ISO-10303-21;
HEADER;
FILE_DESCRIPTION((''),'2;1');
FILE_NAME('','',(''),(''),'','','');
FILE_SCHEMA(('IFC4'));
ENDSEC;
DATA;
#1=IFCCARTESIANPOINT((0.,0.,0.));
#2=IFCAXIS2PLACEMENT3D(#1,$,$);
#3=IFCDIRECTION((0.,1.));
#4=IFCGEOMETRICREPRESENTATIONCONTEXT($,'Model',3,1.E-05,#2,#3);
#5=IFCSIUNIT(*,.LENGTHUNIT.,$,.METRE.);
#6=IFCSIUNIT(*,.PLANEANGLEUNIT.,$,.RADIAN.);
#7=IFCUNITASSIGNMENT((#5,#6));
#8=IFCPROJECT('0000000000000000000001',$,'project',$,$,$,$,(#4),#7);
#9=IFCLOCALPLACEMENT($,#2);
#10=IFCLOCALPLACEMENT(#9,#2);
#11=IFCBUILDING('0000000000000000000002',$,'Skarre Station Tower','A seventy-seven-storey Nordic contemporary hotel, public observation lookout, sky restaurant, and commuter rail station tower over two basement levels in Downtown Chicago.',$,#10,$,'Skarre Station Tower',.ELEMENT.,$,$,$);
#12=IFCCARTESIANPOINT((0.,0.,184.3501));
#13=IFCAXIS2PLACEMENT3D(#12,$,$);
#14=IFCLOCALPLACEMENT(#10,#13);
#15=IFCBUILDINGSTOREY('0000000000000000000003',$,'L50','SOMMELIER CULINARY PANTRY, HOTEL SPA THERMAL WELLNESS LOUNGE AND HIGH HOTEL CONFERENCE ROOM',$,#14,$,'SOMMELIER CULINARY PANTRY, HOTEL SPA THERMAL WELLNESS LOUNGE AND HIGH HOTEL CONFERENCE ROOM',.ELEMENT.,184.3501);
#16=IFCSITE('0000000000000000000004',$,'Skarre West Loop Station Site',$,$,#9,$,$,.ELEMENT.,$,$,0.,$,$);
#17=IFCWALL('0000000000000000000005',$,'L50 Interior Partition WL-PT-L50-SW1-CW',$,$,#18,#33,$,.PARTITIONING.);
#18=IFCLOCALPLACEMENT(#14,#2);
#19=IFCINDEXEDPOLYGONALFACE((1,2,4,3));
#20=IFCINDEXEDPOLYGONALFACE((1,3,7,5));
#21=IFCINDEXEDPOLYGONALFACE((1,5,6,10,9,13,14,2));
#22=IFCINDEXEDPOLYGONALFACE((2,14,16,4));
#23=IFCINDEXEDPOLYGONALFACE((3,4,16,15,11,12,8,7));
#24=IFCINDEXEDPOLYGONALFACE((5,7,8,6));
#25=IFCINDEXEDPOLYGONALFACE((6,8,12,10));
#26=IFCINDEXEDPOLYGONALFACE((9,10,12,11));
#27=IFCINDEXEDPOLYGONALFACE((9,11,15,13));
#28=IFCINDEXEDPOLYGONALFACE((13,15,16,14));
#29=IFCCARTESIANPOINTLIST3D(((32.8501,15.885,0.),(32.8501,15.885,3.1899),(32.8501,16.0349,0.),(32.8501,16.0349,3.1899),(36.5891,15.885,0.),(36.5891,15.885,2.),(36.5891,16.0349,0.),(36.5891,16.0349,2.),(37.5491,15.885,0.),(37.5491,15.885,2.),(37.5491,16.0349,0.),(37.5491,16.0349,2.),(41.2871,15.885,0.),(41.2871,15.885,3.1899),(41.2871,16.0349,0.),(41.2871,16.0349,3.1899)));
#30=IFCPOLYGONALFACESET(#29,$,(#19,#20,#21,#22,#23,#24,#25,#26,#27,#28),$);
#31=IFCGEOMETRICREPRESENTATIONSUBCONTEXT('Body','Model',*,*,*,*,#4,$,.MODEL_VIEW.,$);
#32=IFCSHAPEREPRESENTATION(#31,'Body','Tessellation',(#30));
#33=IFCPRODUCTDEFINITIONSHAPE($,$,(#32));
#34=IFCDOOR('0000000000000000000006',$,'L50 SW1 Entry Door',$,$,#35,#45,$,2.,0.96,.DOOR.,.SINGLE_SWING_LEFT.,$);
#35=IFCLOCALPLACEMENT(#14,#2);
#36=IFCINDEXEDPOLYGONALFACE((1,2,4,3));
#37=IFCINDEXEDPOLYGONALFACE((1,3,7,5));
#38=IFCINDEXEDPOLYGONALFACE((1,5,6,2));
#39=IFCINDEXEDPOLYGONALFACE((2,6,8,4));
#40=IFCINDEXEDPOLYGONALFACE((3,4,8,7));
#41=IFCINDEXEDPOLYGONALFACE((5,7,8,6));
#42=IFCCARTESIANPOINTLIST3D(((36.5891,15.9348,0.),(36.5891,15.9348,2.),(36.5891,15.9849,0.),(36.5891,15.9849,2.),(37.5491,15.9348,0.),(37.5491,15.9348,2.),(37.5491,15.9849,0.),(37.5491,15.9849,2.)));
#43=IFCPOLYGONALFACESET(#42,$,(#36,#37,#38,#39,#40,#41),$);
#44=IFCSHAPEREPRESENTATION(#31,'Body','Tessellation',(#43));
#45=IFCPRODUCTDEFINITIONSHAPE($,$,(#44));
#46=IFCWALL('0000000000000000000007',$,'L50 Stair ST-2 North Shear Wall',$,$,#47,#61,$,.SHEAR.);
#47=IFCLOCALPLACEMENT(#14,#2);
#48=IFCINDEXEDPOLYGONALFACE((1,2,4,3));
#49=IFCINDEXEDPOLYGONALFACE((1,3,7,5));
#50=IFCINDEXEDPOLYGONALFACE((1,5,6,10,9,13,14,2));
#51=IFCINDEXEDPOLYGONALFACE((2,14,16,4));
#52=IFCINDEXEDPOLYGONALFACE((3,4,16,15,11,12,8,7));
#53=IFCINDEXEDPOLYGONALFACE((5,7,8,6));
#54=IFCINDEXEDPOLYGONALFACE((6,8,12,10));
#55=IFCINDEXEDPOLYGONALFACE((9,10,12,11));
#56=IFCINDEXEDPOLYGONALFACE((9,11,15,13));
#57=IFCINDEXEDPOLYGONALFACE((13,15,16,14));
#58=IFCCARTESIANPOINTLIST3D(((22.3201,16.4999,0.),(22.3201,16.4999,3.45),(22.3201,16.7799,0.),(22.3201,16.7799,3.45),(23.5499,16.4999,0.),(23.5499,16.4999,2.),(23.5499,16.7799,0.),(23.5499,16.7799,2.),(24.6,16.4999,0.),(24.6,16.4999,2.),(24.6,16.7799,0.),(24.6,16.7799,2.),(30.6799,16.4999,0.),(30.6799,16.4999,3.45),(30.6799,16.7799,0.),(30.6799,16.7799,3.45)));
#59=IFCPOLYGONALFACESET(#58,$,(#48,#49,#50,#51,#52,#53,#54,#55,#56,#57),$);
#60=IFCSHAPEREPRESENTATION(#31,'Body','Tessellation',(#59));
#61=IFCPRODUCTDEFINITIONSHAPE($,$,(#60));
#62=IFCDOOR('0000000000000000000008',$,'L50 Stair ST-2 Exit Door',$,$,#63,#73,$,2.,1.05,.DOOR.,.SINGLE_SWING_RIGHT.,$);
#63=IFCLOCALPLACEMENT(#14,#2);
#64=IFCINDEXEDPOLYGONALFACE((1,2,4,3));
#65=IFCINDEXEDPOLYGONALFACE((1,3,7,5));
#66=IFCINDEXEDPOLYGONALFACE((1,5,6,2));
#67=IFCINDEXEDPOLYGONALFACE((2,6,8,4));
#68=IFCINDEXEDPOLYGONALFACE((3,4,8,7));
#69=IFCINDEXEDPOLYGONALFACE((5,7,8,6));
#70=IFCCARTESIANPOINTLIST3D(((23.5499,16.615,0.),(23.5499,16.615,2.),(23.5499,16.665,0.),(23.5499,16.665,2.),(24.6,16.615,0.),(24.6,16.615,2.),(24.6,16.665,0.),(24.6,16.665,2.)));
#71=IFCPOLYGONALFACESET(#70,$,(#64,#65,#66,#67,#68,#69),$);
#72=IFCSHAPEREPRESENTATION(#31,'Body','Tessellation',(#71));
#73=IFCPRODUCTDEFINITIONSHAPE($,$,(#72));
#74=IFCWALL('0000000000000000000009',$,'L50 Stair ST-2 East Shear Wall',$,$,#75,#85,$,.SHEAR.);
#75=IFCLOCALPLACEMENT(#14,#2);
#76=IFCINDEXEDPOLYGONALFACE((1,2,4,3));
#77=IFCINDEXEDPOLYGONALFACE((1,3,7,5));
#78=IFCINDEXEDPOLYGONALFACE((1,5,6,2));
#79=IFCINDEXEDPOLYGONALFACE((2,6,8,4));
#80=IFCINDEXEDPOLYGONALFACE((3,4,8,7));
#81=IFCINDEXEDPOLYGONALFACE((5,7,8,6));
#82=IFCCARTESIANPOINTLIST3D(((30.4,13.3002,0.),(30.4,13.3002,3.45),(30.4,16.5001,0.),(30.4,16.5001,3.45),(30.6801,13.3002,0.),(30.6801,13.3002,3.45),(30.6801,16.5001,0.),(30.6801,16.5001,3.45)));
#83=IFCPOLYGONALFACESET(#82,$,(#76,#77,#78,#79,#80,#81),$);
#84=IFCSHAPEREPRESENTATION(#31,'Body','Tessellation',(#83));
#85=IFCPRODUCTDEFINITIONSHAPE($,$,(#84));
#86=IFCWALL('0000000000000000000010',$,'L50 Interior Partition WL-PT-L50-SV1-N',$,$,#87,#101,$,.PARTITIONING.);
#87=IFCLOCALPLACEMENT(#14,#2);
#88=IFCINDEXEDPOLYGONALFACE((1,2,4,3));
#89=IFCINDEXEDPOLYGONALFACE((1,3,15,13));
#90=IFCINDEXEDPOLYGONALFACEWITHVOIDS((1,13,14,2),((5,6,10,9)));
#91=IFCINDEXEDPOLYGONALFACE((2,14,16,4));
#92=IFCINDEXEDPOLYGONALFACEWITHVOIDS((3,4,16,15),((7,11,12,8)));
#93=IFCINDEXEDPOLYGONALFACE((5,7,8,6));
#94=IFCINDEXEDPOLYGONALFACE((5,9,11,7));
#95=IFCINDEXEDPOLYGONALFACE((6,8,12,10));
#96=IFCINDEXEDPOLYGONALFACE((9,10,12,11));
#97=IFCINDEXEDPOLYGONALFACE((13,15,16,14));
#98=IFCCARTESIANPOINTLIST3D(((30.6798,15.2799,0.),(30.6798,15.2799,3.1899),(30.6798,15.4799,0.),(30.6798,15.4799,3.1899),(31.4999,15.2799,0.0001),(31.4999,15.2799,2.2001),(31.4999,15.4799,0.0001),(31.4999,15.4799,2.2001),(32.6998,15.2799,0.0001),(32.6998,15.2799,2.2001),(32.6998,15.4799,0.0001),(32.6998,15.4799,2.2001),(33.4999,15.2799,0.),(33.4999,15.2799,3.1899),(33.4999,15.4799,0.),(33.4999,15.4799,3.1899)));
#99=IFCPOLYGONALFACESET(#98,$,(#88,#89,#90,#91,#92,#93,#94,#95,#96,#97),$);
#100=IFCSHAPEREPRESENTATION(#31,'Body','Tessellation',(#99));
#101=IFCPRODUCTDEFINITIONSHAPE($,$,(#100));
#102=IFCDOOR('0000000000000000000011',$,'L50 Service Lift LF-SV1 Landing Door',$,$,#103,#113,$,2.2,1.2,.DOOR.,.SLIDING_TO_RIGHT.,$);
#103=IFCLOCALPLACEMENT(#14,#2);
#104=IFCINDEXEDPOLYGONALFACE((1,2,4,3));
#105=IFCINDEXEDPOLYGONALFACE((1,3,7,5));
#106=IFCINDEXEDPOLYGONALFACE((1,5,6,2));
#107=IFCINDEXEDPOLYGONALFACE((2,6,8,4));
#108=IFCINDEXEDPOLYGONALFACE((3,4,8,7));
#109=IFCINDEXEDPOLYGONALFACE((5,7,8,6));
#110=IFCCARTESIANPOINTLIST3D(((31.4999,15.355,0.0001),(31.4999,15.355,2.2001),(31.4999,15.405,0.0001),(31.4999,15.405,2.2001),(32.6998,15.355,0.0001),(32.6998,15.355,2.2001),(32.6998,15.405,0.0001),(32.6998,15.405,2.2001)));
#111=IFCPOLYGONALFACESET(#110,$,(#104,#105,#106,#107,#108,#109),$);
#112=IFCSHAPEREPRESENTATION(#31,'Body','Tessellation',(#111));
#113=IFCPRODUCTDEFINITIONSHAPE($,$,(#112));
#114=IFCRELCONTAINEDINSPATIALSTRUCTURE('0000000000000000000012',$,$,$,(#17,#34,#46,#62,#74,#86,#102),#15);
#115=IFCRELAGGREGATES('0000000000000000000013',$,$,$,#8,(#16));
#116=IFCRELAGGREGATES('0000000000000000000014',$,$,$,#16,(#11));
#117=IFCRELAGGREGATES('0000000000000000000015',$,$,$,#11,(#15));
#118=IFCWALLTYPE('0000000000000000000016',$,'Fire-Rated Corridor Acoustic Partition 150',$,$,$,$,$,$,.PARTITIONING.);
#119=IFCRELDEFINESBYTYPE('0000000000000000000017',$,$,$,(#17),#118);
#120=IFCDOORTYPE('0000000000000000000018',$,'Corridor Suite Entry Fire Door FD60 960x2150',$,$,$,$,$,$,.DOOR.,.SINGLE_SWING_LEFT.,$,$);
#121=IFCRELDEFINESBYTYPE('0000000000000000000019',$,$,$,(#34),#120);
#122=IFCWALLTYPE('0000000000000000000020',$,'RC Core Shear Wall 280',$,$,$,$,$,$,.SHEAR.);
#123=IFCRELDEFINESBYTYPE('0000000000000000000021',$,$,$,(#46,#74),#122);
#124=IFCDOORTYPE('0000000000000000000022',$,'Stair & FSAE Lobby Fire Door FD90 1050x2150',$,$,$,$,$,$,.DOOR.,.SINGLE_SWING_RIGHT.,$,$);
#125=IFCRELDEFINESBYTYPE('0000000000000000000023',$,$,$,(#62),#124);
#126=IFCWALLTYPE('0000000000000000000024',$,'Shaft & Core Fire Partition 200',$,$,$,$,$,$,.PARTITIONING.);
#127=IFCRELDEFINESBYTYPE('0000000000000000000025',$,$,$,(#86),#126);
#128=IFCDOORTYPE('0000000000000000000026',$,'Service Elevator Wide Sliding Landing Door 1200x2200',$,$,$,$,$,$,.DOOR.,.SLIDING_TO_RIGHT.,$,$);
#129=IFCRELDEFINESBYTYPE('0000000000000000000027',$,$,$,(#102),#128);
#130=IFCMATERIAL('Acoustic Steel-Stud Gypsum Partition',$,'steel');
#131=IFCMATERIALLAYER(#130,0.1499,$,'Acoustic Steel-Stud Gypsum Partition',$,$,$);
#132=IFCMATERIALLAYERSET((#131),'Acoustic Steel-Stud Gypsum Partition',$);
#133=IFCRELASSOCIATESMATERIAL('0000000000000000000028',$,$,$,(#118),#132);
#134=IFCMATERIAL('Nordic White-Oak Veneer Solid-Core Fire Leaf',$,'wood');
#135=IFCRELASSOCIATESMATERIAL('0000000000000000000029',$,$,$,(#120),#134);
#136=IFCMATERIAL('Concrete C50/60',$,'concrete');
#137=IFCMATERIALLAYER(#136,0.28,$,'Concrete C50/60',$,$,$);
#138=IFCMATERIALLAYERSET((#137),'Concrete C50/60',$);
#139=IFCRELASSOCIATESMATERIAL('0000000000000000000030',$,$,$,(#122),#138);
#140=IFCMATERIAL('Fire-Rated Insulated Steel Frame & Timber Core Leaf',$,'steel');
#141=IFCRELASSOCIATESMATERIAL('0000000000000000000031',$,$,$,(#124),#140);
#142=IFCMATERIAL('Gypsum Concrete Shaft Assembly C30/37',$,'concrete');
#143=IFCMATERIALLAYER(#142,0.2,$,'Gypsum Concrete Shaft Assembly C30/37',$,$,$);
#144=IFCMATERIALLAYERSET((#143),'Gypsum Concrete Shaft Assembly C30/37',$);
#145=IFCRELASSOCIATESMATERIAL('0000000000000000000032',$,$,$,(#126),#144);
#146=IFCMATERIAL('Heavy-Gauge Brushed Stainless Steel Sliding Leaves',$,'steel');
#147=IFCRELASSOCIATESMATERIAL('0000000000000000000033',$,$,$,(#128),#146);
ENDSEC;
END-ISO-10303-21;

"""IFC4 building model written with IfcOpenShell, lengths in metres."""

from ifc_helpers import new_model, si_unit, direction, frame, frame_2d, origin, place, context, subcontext, project, spatial, rectangle, extrude, material, layer, layer_set, type_object, element, fill, save


model = new_model("IFC4")

# Units and contexts
model_context = context("Model", 3, precision=1e-05, world=origin(), true_north=direction((0.0, 1.0)))
body_context = subcontext(model_context, "Body", "Model", "MODEL_VIEW")
ifc_project = project(units=[si_unit("LENGTHUNIT", "METRE"), si_unit("PLANEANGLEUNIT", "RADIAN")], contexts=[model_context])

# Site, building, storey
site_placement = place(None, origin())
site = spatial("IfcSite", under=ifc_project, at=site_placement, Name="Skarre West Loop Station Site", CompositionType="ELEMENT", RefElevation=0.0)
building_placement = place(site_placement, origin())
building = spatial("IfcBuilding", under=site, at=building_placement, Name="Skarre Station Tower", Description="A seventy-seven-storey Nordic contemporary hotel, public observation lookout, sky restaurant, and commuter rail station tower over two basement levels in Downtown Chicago.", LongName="Skarre Station Tower", CompositionType="ELEMENT")
storey_placement = place(building_placement, frame((0.0, 0.0, 184.3501)))
storey = spatial("IfcBuildingStorey", under=building, at=storey_placement, Name="L50", Description="SOMMELIER CULINARY PANTRY, HOTEL SPA THERMAL WELLNESS LOUNGE AND HIGH HOTEL CONFERENCE ROOM", LongName="SOMMELIER CULINARY PANTRY, HOTEL SPA THERMAL WELLNESS LOUNGE AND HIGH HOTEL CONFERENCE ROOM", CompositionType="ELEMENT", Elevation=184.3501)

# Walls, openings, doors
ifc_material_1 = material(Name="Acoustic Steel-Stud Gypsum Partition", Category="steel")
ifc_layer_1 = layer(ifc_material_1, 0.1499, Name="Acoustic Steel-Stud Gypsum Partition")
ifc_layer_set_1 = layer_set([ifc_layer_1], Name="Acoustic Steel-Stud Gypsum Partition")
wall_type_1 = type_object("IfcWallType", Name="Fire-Rated Corridor Acoustic Partition 150", PredefinedType="PARTITIONING", material=ifc_layer_set_1)
wall_1_placement = place(storey_placement, frame((32.8501, 15.96, 0.0), z_axis=(0.0, 0.0, 1.0), x_axis=(1.0, 0.0, 0.0)))
wall_1 = element("IfcWall", 1, at=wall_1_placement, inside=storey, type_object=wall_type_1, Name="L50 Interior Partition WL-PT-L50-SW1-CW", PredefinedType="PARTITIONING", context=body_context, shape_type="SweptSolid", body=[
    extrude(rectangle(XDim=8.437, YDim=0.1499, at=frame_2d((4.2185, 0.0))), origin(), (0.0, 0.0, 1.0), 3.1899),
])
opening_1_placement = place(wall_1_placement, frame((3.739, 0.0, 0.0)))
opening_1 = element("IfcOpeningElement", 2, at=opening_1_placement, cuts=wall_1, PredefinedType="OPENING", context=body_context, shape_type="SweptSolid", body=[
    extrude(rectangle(XDim=0.96, YDim=2.0, at=frame_2d((0.48, 1.0))), frame((0.0, 0.085, 0.0), z_axis=(0.0, -1.0, 0.0), x_axis=(1.0, 0.0, 0.0)), (0.0, 0.0, 1.0), 0.1699),
])
ifc_material_2 = material(Name="Nordic White-Oak Veneer Solid-Core Fire Leaf", Category="wood")
door_type_1 = type_object("IfcDoorType", Name="Corridor Suite Entry Fire Door FD60 960x2150", OperationType="SINGLE_SWING_LEFT", PredefinedType="DOOR", material=ifc_material_2)
door_1_placement = place(opening_1_placement, origin())
door_1 = element("IfcDoor", 3, at=door_1_placement, inside=storey, type_object=door_type_1, Name="L50 SW1 Entry Door", OperationType="SINGLE_SWING_LEFT", OverallHeight=2.0, OverallWidth=0.96, PredefinedType="DOOR", context=body_context, shape_type="SweptSolid", body=[
    extrude(rectangle(XDim=0.96, YDim=2.0, at=frame_2d((0.48, 1.0))), frame((0.0, 0.0249, 0.0), z_axis=(0.0, -1.0, 0.0), x_axis=(1.0, 0.0, 0.0)), (0.0, 0.0, 1.0), 0.05),
])
fill(opening_1, door_1)
ifc_material_3 = material(Name="Concrete C50/60", Category="concrete")
ifc_layer_2 = layer(ifc_material_3, 0.28, Name="Concrete C50/60")
ifc_layer_set_2 = layer_set([ifc_layer_2], Name="Concrete C50/60")
wall_type_2 = type_object("IfcWallType", Name="RC Core Shear Wall 280", PredefinedType="SHEAR", material=ifc_layer_set_2)
wall_2_placement = place(storey_placement, frame((30.6799, 16.6399, 0.0), z_axis=(0.0, 0.0, 1.0), x_axis=(-1.0, 0.0, 0.0)))
wall_2 = element("IfcWall", 4, at=wall_2_placement, inside=storey, type_object=wall_type_2, Name="L50 Stair ST-2 North Shear Wall", PredefinedType="SHEAR", context=body_context, shape_type="SweptSolid", body=[
    extrude(rectangle(XDim=8.3599, YDim=0.28, at=frame_2d((4.1799, 0.0))), origin(), (0.0, 0.0, 1.0), 3.45),
])
opening_2_placement = place(wall_2_placement, frame((6.0801, 0.0, 0.0)))
opening_2 = element("IfcOpeningElement", 5, at=opening_2_placement, cuts=wall_2, PredefinedType="OPENING", context=body_context, shape_type="SweptSolid", body=[
    extrude(rectangle(XDim=1.05, YDim=2.0, at=frame_2d((0.5249, 1.0))), frame((0.0, 0.1499, 0.0), z_axis=(0.0, -1.0, 0.0), x_axis=(1.0, 0.0, 0.0)), (0.0, 0.0, 1.0), 0.3),
])
ifc_material_4 = material(Name="Fire-Rated Insulated Steel Frame & Timber Core Leaf", Category="steel")
door_type_2 = type_object("IfcDoorType", Name="Stair & FSAE Lobby Fire Door FD90 1050x2150", OperationType="SINGLE_SWING_RIGHT", PredefinedType="DOOR", material=ifc_material_4)
door_2_placement = place(opening_2_placement, origin())
door_2 = element("IfcDoor", 6, at=door_2_placement, inside=storey, type_object=door_type_2, Name="L50 Stair ST-2 Exit Door", OperationType="SINGLE_SWING_RIGHT", OverallHeight=2.0, OverallWidth=1.05, PredefinedType="DOOR", context=body_context, shape_type="SweptSolid", body=[
    extrude(rectangle(XDim=1.05, YDim=2.0, at=frame_2d((0.5249, 1.0))), frame((0.0, 0.0249, 0.0), z_axis=(0.0, -1.0, 0.0), x_axis=(1.0, 0.0, 0.0)), (0.0, 0.0, 1.0), 0.05),
])
fill(opening_2, door_2)

# Wall
wall_3_placement = place(storey_placement, frame((30.54, 13.3, 0.0), z_axis=(0.0, 0.0, 1.0), x_axis=(0.0, 1.0, 0.0)))
element("IfcWall", 7, at=wall_3_placement, inside=storey, type_object=wall_type_2, Name="L50 Stair ST-2 East Shear Wall", PredefinedType="SHEAR", context=body_context, shape_type="SweptSolid", body=[
    extrude(rectangle(XDim=3.2, YDim=0.28, at=frame_2d((1.6001, 0.0))), origin(), (0.0, 0.0, 1.0), 3.45),
])

# Wall, opening, door
ifc_material_5 = material(Name="Gypsum Concrete Shaft Assembly C30/37", Category="concrete")
ifc_layer_3 = layer(ifc_material_5, 0.2, Name="Gypsum Concrete Shaft Assembly C30/37")
ifc_layer_set_3 = layer_set([ifc_layer_3], Name="Gypsum Concrete Shaft Assembly C30/37")
wall_type_3 = type_object("IfcWallType", Name="Shaft & Core Fire Partition 200", PredefinedType="PARTITIONING", material=ifc_layer_set_3)
wall_4_placement = place(storey_placement, frame((33.5, 15.3799, 0.0), z_axis=(0.0, 0.0, 1.0), x_axis=(-1.0, 0.0, 0.0)))
wall_4 = element("IfcWall", 8, at=wall_4_placement, inside=storey, type_object=wall_type_3, Name="L50 Interior Partition WL-PT-L50-SV1-N", PredefinedType="PARTITIONING", context=body_context, shape_type="SweptSolid", body=[
    extrude(rectangle(XDim=2.8201, YDim=0.2, at=frame_2d((1.4102, 0.0))), origin(), (0.0, 0.0, 1.0), 3.1899),
])
opening_3_placement = place(wall_4_placement, frame((0.8, 0.0, 0.0)))
opening_3 = element("IfcOpeningElement", 9, at=opening_3_placement, cuts=wall_4, PredefinedType="OPENING", context=body_context, shape_type="SweptSolid", body=[
    extrude(rectangle(XDim=1.2, YDim=2.2, at=frame_2d((0.6001, 1.1001))), frame((0.0, 0.1099, 0.0), z_axis=(0.0, -1.0, 0.0), x_axis=(1.0, 0.0, 0.0)), (0.0, 0.0, 1.0), 0.22),
])
ifc_material_6 = material(Name="Heavy-Gauge Brushed Stainless Steel Sliding Leaves", Category="steel")
door_type_3 = type_object("IfcDoorType", Name="Service Elevator Wide Sliding Landing Door 1200x2200", OperationType="SLIDING_TO_RIGHT", PredefinedType="DOOR", material=ifc_material_6)
door_3_placement = place(opening_3_placement, origin())
door_3 = element("IfcDoor", 10, at=door_3_placement, inside=storey, type_object=door_type_3, Name="L50 Service Lift LF-SV1 Landing Door", OperationType="SLIDING_TO_RIGHT", OverallHeight=2.2, OverallWidth=1.2, PredefinedType="DOOR", context=body_context, shape_type="SweptSolid", body=[
    extrude(rectangle(XDim=1.2, YDim=2.2, at=frame_2d((0.6001, 1.1001))), frame((0.0, 0.0249, 0.0), z_axis=(0.0, -1.0, 0.0), x_axis=(1.0, 0.0, 0.0)), (0.0, 0.0, 1.0), 0.05),
])
fill(opening_3, door_3)

save(model, "model.ifc")
